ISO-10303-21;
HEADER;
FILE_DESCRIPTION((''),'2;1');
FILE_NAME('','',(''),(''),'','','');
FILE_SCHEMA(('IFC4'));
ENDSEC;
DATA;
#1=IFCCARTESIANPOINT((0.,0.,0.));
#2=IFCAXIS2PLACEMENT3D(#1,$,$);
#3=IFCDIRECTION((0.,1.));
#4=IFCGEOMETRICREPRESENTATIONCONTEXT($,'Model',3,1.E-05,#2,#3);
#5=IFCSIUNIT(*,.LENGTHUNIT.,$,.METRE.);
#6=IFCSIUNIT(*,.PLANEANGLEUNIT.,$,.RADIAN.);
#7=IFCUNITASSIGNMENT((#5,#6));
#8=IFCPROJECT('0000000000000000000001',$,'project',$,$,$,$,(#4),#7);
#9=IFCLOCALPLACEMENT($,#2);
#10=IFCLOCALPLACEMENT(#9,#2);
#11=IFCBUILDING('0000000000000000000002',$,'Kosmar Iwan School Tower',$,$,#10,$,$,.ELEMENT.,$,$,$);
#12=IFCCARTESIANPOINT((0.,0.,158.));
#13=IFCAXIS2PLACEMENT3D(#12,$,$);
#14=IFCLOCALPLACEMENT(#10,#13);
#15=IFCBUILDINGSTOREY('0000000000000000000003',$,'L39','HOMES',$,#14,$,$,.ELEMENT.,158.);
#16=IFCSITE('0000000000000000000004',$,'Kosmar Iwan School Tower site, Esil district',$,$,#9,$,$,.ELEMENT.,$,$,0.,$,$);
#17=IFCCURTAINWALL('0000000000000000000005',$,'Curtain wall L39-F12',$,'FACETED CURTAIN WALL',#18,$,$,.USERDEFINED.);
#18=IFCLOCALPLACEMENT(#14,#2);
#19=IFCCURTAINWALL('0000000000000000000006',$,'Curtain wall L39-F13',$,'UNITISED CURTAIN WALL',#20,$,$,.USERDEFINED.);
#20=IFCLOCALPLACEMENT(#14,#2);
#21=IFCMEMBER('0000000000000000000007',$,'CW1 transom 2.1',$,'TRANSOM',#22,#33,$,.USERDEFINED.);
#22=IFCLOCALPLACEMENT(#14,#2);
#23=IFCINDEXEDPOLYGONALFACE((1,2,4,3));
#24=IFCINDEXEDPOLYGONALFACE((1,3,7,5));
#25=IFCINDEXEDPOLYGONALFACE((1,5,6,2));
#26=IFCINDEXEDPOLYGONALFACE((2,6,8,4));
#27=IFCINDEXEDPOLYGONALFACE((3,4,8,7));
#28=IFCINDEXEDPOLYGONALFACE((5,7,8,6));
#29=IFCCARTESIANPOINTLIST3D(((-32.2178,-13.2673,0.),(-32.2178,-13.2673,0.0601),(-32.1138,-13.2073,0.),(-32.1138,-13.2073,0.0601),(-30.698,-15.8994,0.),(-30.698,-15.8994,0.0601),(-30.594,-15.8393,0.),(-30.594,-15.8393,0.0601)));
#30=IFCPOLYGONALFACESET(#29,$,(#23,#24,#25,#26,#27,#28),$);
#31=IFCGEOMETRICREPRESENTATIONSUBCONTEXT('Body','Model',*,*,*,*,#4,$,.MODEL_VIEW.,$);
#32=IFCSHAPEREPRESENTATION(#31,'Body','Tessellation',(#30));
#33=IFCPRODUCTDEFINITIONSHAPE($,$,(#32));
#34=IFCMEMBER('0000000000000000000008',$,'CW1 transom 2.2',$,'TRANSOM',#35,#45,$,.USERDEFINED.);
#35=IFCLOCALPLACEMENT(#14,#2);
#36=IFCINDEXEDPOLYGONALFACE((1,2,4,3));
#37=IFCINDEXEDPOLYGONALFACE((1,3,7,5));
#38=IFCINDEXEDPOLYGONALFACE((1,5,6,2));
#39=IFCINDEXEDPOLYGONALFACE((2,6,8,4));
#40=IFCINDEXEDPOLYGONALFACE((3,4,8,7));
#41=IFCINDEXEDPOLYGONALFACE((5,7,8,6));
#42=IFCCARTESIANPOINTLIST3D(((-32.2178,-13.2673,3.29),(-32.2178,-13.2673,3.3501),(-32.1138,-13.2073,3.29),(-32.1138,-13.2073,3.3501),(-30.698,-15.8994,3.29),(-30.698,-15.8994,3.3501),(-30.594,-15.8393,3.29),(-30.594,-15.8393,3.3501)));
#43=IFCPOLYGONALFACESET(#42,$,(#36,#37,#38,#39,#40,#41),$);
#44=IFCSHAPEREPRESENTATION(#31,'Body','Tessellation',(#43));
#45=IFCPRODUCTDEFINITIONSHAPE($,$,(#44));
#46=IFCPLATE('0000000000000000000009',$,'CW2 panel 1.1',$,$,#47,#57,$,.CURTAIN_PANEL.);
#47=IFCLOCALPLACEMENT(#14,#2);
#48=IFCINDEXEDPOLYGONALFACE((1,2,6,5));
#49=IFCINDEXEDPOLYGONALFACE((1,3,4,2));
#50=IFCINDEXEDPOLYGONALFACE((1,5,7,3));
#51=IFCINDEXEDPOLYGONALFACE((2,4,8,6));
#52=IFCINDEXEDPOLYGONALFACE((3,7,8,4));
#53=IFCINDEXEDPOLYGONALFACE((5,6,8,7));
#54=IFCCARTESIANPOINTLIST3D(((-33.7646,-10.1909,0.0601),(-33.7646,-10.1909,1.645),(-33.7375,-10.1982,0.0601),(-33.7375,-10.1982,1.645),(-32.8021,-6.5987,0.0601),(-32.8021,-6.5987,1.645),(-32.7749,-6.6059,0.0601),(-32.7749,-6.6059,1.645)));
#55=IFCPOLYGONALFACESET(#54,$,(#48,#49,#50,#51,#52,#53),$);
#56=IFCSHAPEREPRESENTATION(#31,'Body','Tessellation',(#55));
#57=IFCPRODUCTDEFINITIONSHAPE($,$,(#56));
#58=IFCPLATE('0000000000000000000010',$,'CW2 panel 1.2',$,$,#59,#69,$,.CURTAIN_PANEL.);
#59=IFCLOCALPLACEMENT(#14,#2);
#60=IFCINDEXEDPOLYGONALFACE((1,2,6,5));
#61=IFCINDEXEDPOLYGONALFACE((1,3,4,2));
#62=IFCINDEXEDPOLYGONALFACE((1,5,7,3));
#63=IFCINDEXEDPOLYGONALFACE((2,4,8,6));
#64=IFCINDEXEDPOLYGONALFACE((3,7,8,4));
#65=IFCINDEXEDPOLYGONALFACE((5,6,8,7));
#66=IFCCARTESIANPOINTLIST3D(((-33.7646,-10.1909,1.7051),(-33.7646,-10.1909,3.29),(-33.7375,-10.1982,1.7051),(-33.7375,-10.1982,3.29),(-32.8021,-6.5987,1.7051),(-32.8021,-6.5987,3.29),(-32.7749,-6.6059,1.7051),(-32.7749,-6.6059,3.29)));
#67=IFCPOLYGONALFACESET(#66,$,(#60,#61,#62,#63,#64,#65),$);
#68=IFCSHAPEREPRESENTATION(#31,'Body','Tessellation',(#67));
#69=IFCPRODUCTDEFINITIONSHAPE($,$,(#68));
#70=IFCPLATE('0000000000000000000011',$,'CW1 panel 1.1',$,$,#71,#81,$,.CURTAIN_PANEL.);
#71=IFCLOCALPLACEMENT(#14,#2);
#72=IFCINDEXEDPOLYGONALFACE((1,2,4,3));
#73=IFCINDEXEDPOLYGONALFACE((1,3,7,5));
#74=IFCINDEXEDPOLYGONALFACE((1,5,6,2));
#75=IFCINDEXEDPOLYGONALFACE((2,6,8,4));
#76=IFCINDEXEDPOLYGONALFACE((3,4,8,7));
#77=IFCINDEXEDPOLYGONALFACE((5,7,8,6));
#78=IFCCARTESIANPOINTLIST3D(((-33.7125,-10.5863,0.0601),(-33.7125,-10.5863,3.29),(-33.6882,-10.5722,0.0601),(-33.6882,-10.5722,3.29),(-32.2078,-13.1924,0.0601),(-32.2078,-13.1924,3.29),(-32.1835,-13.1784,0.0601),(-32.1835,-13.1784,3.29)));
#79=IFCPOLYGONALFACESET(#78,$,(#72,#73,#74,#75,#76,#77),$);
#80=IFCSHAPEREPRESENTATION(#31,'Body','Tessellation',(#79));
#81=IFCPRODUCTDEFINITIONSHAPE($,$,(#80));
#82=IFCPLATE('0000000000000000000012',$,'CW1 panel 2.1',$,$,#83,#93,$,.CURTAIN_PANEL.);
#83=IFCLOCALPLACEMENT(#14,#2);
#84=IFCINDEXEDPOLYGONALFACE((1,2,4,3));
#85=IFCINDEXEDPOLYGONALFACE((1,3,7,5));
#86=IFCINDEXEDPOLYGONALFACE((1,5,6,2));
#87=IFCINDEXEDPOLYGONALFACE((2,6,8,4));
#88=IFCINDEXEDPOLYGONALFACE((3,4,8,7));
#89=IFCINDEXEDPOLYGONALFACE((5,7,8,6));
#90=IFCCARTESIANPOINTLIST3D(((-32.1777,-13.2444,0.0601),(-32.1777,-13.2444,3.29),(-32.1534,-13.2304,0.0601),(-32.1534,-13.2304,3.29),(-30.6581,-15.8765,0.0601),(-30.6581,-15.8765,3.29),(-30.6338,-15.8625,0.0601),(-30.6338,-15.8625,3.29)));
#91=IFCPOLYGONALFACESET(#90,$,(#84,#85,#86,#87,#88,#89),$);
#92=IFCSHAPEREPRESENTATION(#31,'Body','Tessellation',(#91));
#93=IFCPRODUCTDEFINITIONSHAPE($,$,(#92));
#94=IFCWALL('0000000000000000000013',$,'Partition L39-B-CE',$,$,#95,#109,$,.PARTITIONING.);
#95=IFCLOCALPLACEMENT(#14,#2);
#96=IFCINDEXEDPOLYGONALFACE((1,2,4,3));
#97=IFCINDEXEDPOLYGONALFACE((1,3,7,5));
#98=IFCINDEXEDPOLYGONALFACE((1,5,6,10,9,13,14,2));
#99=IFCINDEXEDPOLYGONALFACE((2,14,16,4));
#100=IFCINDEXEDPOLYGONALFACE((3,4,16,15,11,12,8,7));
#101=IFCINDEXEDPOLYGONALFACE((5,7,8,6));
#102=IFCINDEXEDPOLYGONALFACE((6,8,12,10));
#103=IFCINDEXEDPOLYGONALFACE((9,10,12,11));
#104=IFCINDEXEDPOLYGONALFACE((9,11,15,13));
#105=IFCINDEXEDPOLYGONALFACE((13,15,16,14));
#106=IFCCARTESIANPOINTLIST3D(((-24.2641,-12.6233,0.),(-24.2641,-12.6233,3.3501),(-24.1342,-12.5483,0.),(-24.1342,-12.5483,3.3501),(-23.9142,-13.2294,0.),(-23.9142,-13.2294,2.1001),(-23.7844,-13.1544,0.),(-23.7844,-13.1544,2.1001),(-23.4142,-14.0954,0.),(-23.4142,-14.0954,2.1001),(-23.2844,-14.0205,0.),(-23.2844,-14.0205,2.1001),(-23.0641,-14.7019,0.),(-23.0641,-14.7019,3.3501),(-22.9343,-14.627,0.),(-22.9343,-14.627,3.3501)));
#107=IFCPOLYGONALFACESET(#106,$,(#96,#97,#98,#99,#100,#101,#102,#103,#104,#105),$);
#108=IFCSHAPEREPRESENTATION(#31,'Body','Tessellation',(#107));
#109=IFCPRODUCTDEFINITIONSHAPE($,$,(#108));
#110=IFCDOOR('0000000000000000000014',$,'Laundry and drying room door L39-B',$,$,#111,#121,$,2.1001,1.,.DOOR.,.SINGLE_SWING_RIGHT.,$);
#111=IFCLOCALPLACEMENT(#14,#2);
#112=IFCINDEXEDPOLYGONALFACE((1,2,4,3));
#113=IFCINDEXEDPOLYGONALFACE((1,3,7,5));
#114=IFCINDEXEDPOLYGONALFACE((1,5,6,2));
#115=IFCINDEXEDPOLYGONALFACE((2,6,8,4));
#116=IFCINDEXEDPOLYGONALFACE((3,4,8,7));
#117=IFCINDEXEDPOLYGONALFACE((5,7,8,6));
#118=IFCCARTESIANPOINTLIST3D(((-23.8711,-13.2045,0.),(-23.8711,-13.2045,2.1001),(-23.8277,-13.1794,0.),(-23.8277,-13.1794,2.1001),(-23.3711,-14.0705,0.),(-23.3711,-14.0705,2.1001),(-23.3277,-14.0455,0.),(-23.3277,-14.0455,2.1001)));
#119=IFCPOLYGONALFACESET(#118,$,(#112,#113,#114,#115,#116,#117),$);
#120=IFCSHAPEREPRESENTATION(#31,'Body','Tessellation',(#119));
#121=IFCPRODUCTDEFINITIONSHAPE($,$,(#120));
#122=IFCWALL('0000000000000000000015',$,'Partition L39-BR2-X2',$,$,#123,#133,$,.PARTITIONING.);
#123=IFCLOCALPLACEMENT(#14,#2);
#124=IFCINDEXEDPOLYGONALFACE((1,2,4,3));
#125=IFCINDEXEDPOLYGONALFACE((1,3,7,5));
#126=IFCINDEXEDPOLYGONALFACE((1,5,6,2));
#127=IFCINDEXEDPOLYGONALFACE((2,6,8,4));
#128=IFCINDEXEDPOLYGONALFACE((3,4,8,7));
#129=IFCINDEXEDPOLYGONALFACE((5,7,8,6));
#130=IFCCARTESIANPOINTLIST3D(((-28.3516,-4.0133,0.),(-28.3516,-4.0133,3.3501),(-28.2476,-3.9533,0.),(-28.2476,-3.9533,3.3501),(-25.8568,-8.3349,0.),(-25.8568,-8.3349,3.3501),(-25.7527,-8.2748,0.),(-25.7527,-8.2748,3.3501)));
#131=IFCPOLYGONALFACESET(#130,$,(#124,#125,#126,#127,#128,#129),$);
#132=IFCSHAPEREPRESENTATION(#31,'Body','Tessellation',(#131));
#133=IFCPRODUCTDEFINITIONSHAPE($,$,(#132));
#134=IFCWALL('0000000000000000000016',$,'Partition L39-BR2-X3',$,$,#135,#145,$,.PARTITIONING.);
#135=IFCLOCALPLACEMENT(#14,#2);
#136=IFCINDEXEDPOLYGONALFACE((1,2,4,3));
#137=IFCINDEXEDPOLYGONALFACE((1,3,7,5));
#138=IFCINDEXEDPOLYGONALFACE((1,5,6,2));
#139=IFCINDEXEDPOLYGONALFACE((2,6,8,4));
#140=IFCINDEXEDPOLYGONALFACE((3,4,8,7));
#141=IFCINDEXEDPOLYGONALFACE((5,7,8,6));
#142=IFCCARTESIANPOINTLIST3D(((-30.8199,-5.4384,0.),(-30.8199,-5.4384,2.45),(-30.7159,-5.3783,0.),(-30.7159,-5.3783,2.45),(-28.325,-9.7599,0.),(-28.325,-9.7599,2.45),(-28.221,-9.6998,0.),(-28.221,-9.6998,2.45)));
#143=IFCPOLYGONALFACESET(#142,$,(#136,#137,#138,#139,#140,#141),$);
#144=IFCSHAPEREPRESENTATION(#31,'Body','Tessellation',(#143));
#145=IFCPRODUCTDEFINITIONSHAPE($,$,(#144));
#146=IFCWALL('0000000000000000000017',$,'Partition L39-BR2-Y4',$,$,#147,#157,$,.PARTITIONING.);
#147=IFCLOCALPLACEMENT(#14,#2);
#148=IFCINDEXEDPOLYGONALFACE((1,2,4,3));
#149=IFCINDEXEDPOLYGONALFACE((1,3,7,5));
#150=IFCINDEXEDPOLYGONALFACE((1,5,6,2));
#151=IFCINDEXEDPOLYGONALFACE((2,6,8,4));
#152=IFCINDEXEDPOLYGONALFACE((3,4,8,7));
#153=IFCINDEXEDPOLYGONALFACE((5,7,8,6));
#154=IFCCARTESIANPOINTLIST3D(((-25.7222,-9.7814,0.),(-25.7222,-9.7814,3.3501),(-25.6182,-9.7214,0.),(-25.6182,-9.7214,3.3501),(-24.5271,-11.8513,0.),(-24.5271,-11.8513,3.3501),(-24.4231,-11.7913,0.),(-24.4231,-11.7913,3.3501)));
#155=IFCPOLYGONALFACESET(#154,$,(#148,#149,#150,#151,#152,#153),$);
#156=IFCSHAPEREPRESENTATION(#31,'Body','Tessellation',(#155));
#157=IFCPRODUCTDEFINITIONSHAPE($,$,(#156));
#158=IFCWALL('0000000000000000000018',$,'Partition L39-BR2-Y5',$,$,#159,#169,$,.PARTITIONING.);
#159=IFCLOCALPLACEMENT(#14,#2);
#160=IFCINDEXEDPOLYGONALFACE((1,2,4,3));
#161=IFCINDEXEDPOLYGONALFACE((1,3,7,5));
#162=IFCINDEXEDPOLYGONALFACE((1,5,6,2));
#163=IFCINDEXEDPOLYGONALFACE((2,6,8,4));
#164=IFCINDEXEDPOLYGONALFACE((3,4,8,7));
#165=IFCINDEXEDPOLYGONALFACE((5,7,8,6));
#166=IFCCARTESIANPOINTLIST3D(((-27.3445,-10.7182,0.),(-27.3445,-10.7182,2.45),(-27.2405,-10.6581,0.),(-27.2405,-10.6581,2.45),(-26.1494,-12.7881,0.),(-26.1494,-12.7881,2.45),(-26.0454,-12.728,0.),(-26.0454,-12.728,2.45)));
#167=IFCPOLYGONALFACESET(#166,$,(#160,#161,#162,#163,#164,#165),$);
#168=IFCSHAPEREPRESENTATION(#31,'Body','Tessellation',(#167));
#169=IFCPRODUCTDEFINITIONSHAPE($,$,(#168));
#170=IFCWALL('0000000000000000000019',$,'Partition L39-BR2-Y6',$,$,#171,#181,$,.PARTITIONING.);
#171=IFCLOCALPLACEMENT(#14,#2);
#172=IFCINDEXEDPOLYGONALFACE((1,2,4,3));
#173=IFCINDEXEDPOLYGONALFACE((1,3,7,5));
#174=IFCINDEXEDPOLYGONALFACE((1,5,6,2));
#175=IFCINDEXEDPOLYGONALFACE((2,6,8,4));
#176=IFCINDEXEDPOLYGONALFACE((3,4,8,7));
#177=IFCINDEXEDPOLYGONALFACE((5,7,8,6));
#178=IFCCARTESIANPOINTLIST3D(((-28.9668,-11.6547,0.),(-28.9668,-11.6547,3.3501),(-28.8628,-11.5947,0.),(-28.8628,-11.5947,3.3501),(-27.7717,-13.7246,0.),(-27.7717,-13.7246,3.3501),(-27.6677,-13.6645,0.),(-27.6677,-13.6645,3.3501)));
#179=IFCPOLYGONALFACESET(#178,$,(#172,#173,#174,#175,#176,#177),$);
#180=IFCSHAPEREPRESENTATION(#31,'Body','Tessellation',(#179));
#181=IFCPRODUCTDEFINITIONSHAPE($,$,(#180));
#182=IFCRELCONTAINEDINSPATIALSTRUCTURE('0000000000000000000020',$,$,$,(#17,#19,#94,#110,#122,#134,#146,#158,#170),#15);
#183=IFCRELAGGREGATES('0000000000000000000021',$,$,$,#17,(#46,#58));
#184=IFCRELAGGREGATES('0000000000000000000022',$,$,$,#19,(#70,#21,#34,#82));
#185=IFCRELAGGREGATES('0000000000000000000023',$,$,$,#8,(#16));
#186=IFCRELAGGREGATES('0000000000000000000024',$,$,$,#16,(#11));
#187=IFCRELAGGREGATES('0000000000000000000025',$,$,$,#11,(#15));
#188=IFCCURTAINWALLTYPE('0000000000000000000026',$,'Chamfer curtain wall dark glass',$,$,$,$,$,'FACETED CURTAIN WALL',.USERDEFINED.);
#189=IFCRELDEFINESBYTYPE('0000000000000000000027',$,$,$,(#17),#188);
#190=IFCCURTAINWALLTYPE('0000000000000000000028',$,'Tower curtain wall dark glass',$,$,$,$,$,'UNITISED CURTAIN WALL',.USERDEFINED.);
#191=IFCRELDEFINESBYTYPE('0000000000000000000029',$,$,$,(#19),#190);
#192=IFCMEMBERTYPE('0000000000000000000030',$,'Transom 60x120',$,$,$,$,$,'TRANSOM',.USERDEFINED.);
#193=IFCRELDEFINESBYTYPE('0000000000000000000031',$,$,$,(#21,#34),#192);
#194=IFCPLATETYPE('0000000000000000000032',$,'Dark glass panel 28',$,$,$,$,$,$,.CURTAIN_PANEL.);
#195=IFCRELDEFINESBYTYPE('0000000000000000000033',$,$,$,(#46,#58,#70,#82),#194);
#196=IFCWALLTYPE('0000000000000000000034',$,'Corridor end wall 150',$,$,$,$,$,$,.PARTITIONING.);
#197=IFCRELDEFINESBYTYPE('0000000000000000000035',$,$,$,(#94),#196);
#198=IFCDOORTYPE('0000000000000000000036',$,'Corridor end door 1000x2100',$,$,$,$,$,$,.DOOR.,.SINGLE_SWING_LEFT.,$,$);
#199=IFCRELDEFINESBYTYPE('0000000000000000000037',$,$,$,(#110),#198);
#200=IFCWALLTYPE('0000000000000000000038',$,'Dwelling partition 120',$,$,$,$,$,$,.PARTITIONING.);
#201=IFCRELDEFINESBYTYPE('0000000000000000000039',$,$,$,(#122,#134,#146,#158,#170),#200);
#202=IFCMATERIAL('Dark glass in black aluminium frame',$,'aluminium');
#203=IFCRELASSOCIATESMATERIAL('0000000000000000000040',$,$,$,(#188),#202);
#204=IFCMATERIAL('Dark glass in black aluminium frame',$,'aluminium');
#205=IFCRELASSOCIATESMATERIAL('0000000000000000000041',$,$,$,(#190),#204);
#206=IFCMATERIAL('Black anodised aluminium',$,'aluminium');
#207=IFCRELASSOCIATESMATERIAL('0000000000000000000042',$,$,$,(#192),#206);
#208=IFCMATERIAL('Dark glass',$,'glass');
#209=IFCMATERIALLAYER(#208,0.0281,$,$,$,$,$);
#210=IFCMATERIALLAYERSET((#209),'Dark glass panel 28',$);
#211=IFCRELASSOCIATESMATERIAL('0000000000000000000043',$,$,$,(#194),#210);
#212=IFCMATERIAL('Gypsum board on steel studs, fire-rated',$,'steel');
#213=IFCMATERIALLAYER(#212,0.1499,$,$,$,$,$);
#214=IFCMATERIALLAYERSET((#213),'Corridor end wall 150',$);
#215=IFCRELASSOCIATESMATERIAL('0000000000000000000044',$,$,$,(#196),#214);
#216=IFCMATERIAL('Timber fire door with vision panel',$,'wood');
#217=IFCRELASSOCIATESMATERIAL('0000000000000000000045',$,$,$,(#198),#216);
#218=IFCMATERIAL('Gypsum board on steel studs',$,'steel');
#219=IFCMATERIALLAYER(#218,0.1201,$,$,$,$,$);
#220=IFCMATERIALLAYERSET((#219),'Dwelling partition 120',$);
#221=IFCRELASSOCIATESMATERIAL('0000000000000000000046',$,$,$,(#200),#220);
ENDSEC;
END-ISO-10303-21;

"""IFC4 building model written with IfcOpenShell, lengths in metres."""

from ifc_helpers import new_model, si_unit, direction, frame, frame_2d, origin, origin_2d, place, context, subcontext, project, spatial, rectangle, extrude, material, layer, layer_set, material_profile, profile_set, type_object, element, fill, aggregate, save


model = new_model("IFC4")

# Units and contexts
model_context = context("Model", 3, precision=1e-05, world=origin(), true_north=direction((0.0, 1.0)))
body_context = subcontext(model_context, "Body", "Model", "MODEL_VIEW")
ifc_project = project(units=[si_unit("LENGTHUNIT", "METRE"), si_unit("PLANEANGLEUNIT", "RADIAN")], contexts=[model_context])

# Site, building, storey
site_placement = place(None, origin())
site = spatial("IfcSite", under=ifc_project, at=site_placement, Name="Kosmar Iwan School Tower site, Esil district", CompositionType="ELEMENT", RefElevation=0.0)
building_placement = place(site_placement, origin())
building = spatial("IfcBuilding", under=site, at=building_placement, Name="Kosmar Iwan School Tower", CompositionType="ELEMENT")
storey_placement = place(building_placement, frame((0.0, 0.0, 158.0)))
storey = spatial("IfcBuildingStorey", under=building, at=storey_placement, Name="L39", Description="HOMES", CompositionType="ELEMENT", Elevation=158.0)

# Curtain wall
ifc_material_1 = material(Name="Dark glass in black aluminium frame", Category="aluminium")
curtain_wall_type_1 = type_object("IfcCurtainWallType", Name="Chamfer curtain wall dark glass", ElementType="FACETED CURTAIN WALL", PredefinedType="USERDEFINED", material=ifc_material_1)
curtain_wall_1_placement = place(storey_placement, origin())
curtain_wall_1 = element("IfcCurtainWall", 1, at=curtain_wall_1_placement, inside=storey, type_object=curtain_wall_type_1, Name="Curtain wall L39-F12", ObjectType="FACETED CURTAIN WALL", PredefinedType="USERDEFINED")

# Curtain wall
ifc_material_2 = material(Name="Dark glass in black aluminium frame", Category="aluminium")
curtain_wall_type_2 = type_object("IfcCurtainWallType", Name="Tower curtain wall dark glass", ElementType="UNITISED CURTAIN WALL", PredefinedType="USERDEFINED", material=ifc_material_2)
curtain_wall_2_placement = place(storey_placement, origin())
curtain_wall_2 = element("IfcCurtainWall", 2, at=curtain_wall_2_placement, inside=storey, type_object=curtain_wall_type_2, Name="Curtain wall L39-F13", ObjectType="UNITISED CURTAIN WALL", PredefinedType="USERDEFINED")

# Members
ifc_material_3 = material(Name="Black anodised aluminium", Category="aluminium")
ifc_material_profile_1 = material_profile(ifc_material_3, rectangle(XDim=0.1201, YDim=0.0601, at=origin_2d()), Name="TRANSOM 60x120")
ifc_profile_set_1 = profile_set([ifc_material_profile_1], Name="Black anodised aluminium")
member_type_1 = type_object("IfcMemberType", Name="Transom 60x120", ElementType="TRANSOM", PredefinedType="USERDEFINED", material=ifc_profile_set_1)
member_1_placement = place(storey_placement, frame((-32.1658, -13.2373, 0.03), z_axis=(0.500035, -0.866005, 0.0), x_axis=(0.866005, 0.500035, 0.0)))
member_1 = element("IfcMember", 3, at=member_1_placement, type_object=member_type_1, Name="CW1 transom 2.1", ObjectType="TRANSOM", PredefinedType="USERDEFINED", context=body_context, shape_type="SweptSolid", body=[
    extrude(rectangle(XDim=0.1201, YDim=0.0601, at=origin_2d()), origin(), (0.0, 0.0, 1.0), 3.0393),
])
member_2_placement = place(storey_placement, frame((-32.1658, -13.2373, 3.3201), z_axis=(0.500035, -0.866005, 0.0), x_axis=(0.866005, 0.500035, 0.0)))
member_2 = element("IfcMember", 4, at=member_2_placement, type_object=member_type_1, Name="CW1 transom 2.2", ObjectType="TRANSOM", PredefinedType="USERDEFINED", context=body_context, shape_type="SweptSolid", body=[
    extrude(rectangle(XDim=0.1201, YDim=0.0601, at=origin_2d()), origin(), (0.0, 0.0, 1.0), 3.0393),
])

# Plates
ifc_material_4 = material(Name="Dark glass", Category="glass")
ifc_layer_1 = layer(ifc_material_4, 0.0281)
ifc_layer_set_1 = layer_set([ifc_layer_1], Name="Dark glass panel 28")
plate_type = type_object("IfcPlateType", Name="Dark glass panel 28", PredefinedType="CURTAIN_PANEL", material=ifc_layer_set_1)
plate_1_placement = place(storey_placement, frame((-33.2698, -8.3984, 0.0601), z_axis=(0.0, 0.0, 1.0), x_axis=(-0.258819, -0.965926, 0.0)))
plate_1 = element("IfcPlate", 5, at=plate_1_placement, type_object=plate_type, Name="CW2 panel 1.1", PredefinedType="CURTAIN_PANEL", context=body_context, shape_type="SweptSolid", body=[
    extrude(rectangle(XDim=3.719, YDim=0.0281, at=origin_2d()), origin(), (0.0, 0.0, 1.0), 1.585),
])
plate_2_placement = place(storey_placement, frame((-33.2698, -8.3984, 1.7051), z_axis=(0.0, 0.0, 1.0), x_axis=(-0.258819, -0.965926, 0.0)))
plate_2 = element("IfcPlate", 6, at=plate_2_placement, type_object=plate_type, Name="CW2 panel 1.2", PredefinedType="CURTAIN_PANEL", context=body_context, shape_type="SweptSolid", body=[
    extrude(rectangle(XDim=3.719, YDim=0.0281, at=origin_2d()), origin(), (0.0, 0.0, 1.0), 1.585),
])
aggregate(curtain_wall_1, [plate_1, plate_2])
plate_3_placement = place(storey_placement, frame((-32.948, -11.8823, 0.0601), z_axis=(0.0, 0.0, 1.0), x_axis=(0.5, -0.866025, 0.0)))
plate_3 = element("IfcPlate", 7, at=plate_3_placement, type_object=plate_type, Name="CW1 panel 1.1", PredefinedType="CURTAIN_PANEL", context=body_context, shape_type="SweptSolid", body=[
    extrude(rectangle(XDim=3.0093, YDim=0.0281, at=origin_2d()), origin(), (0.0, 0.0, 1.0), 3.23),
])
plate_4_placement = place(storey_placement, frame((-31.4058, -14.5535, 0.0601), z_axis=(0.0, 0.0, 1.0), x_axis=(0.5, -0.866025, 0.0)))
plate_4 = element("IfcPlate", 8, at=plate_4_placement, type_object=plate_type, Name="CW1 panel 2.1", PredefinedType="CURTAIN_PANEL", context=body_context, shape_type="SweptSolid", body=[
    extrude(rectangle(XDim=3.0393, YDim=0.0281, at=origin_2d()), origin(), (0.0, 0.0, 1.0), 3.23),
])
aggregate(curtain_wall_2, [plate_3, member_1, member_2, plate_4])

# Wall, opening, door
ifc_material_5 = material(Name="Gypsum board on steel studs, fire-rated", Category="steel")
ifc_layer_2 = layer(ifc_material_5, 0.1499)
ifc_layer_set_2 = layer_set([ifc_layer_2], Name="Corridor end wall 150")
wall_type_1 = type_object("IfcWallType", Name="Corridor end wall 150", PredefinedType="PARTITIONING", material=ifc_layer_set_2)
wall_1_placement = place(storey_placement, frame((-24.1992, -12.5857, 0.0), z_axis=(0.0, 0.0, 1.0), x_axis=(0.499957, -0.86605, 0.0)))
wall_1 = element("IfcWall", 9, at=wall_1_placement, inside=storey, type_object=wall_type_1, Name="Partition L39-B-CE", PredefinedType="PARTITIONING", context=body_context, shape_type="SweptSolid", body=[
    extrude(rectangle(XDim=2.4001, YDim=0.1499, at=frame_2d((1.2002, 0.0))), origin(), (0.0, 0.0, 1.0), 3.3501),
])
opening_placement = place(wall_1_placement, frame((0.7, 0.0, 0.0)))
opening = element("IfcOpeningElement", 10, at=opening_placement, cuts=wall_1, PredefinedType="OPENING", context=body_context, shape_type="SweptSolid", body=[
    extrude(rectangle(XDim=1.0, YDim=2.1001, at=frame_2d((0.5, 1.05))), frame((0.0, 0.0869, 0.0), z_axis=(0.0, -1.0, 0.0), x_axis=(1.0, 0.0, 0.0)), (0.0, 0.0, 1.0), 0.1738),
])
ifc_material_6 = material(Name="Timber fire door with vision panel", Category="wood")
door_type = type_object("IfcDoorType", Name="Corridor end door 1000x2100", OperationType="SINGLE_SWING_LEFT", PredefinedType="DOOR", material=ifc_material_6)
door_placement = place(opening_placement, origin())
door = element("IfcDoor", 11, at=door_placement, inside=storey, type_object=door_type, Name="Laundry and drying room door L39-B", OperationType="SINGLE_SWING_RIGHT", OverallHeight=2.1001, OverallWidth=1.0, PredefinedType="DOOR", context=body_context, shape_type="SweptSolid", body=[
    extrude(rectangle(XDim=1.0, YDim=2.1001, at=frame_2d((0.5, 1.05))), frame((0.0, 0.0249, 0.0), z_axis=(0.0, -1.0, 0.0), x_axis=(1.0, 0.0, 0.0)), (0.0, 0.0, 1.0), 0.05),
])
fill(opening, door)

# Walls
ifc_material_7 = material(Name="Gypsum board on steel studs", Category="steel")
ifc_layer_3 = layer(ifc_material_7, 0.1201)
ifc_layer_set_3 = layer_set([ifc_layer_3], Name="Dwelling partition 120")
wall_type_2 = type_object("IfcWallType", Name="Dwelling partition 120", PredefinedType="PARTITIONING", material=ifc_layer_set_3)
wall_2_placement = place(storey_placement, frame((-25.8047, -8.3049, 0.0), z_axis=(0.0, 0.0, 1.0), x_axis=(-0.499975, 0.86604, 0.0)))
element("IfcWall", 12, at=wall_2_placement, inside=storey, type_object=wall_type_2, Name="Partition L39-BR2-X2", PredefinedType="PARTITIONING", context=body_context, shape_type="SweptSolid", body=[
    extrude(rectangle(XDim=4.99, YDim=0.1201, at=frame_2d((2.4951, 0.0))), origin(), (0.0, 0.0, 1.0), 3.3501),
])
wall_3_placement = place(storey_placement, frame((-28.2729, -9.73, 0.0), z_axis=(0.0, 0.0, 1.0), x_axis=(-0.499975, 0.86604, 0.0)))
element("IfcWall", 13, at=wall_3_placement, inside=storey, type_object=wall_type_2, Name="Partition L39-BR2-X3", PredefinedType="PARTITIONING", context=body_context, shape_type="SweptSolid", body=[
    extrude(rectangle(XDim=4.99, YDim=0.1201, at=frame_2d((2.4951, 0.0))), origin(), (0.0, 0.0, 1.0), 2.45),
])
wall_4_placement = place(storey_placement, frame((-24.4751, -11.8213, 0.0), z_axis=(0.0, 0.0, 1.0), x_axis=(-0.500017, 0.866015, 0.0)))
element("IfcWall", 14, at=wall_4_placement, inside=storey, type_object=wall_type_2, Name="Partition L39-BR2-Y4", PredefinedType="PARTITIONING", context=body_context, shape_type="SweptSolid", body=[
    extrude(rectangle(XDim=2.3901, YDim=0.1201, at=frame_2d((1.1951, 0.0))), origin(), (0.0, 0.0, 1.0), 3.3501),
])
wall_5_placement = place(storey_placement, frame((-26.0974, -12.7581, 0.0), z_axis=(0.0, 0.0, 1.0), x_axis=(-0.500017, 0.866015, 0.0)))
element("IfcWall", 15, at=wall_5_placement, inside=storey, type_object=wall_type_2, Name="Partition L39-BR2-Y5", PredefinedType="PARTITIONING", context=body_context, shape_type="SweptSolid", body=[
    extrude(rectangle(XDim=2.3901, YDim=0.1201, at=frame_2d((1.1951, 0.0))), origin(), (0.0, 0.0, 1.0), 2.45),
])
wall_6_placement = place(storey_placement, frame((-27.7197, -13.6946, 0.0), z_axis=(0.0, 0.0, 1.0), x_axis=(-0.500017, 0.866015, 0.0)))
element("IfcWall", 16, at=wall_6_placement, inside=storey, type_object=wall_type_2, Name="Partition L39-BR2-Y6", PredefinedType="PARTITIONING", context=body_context, shape_type="SweptSolid", body=[
    extrude(rectangle(XDim=2.3901, YDim=0.1201, at=frame_2d((1.1951, 0.0))), origin(), (0.0, 0.0, 1.0), 3.3501),
])

save(model, "model.ifc")
